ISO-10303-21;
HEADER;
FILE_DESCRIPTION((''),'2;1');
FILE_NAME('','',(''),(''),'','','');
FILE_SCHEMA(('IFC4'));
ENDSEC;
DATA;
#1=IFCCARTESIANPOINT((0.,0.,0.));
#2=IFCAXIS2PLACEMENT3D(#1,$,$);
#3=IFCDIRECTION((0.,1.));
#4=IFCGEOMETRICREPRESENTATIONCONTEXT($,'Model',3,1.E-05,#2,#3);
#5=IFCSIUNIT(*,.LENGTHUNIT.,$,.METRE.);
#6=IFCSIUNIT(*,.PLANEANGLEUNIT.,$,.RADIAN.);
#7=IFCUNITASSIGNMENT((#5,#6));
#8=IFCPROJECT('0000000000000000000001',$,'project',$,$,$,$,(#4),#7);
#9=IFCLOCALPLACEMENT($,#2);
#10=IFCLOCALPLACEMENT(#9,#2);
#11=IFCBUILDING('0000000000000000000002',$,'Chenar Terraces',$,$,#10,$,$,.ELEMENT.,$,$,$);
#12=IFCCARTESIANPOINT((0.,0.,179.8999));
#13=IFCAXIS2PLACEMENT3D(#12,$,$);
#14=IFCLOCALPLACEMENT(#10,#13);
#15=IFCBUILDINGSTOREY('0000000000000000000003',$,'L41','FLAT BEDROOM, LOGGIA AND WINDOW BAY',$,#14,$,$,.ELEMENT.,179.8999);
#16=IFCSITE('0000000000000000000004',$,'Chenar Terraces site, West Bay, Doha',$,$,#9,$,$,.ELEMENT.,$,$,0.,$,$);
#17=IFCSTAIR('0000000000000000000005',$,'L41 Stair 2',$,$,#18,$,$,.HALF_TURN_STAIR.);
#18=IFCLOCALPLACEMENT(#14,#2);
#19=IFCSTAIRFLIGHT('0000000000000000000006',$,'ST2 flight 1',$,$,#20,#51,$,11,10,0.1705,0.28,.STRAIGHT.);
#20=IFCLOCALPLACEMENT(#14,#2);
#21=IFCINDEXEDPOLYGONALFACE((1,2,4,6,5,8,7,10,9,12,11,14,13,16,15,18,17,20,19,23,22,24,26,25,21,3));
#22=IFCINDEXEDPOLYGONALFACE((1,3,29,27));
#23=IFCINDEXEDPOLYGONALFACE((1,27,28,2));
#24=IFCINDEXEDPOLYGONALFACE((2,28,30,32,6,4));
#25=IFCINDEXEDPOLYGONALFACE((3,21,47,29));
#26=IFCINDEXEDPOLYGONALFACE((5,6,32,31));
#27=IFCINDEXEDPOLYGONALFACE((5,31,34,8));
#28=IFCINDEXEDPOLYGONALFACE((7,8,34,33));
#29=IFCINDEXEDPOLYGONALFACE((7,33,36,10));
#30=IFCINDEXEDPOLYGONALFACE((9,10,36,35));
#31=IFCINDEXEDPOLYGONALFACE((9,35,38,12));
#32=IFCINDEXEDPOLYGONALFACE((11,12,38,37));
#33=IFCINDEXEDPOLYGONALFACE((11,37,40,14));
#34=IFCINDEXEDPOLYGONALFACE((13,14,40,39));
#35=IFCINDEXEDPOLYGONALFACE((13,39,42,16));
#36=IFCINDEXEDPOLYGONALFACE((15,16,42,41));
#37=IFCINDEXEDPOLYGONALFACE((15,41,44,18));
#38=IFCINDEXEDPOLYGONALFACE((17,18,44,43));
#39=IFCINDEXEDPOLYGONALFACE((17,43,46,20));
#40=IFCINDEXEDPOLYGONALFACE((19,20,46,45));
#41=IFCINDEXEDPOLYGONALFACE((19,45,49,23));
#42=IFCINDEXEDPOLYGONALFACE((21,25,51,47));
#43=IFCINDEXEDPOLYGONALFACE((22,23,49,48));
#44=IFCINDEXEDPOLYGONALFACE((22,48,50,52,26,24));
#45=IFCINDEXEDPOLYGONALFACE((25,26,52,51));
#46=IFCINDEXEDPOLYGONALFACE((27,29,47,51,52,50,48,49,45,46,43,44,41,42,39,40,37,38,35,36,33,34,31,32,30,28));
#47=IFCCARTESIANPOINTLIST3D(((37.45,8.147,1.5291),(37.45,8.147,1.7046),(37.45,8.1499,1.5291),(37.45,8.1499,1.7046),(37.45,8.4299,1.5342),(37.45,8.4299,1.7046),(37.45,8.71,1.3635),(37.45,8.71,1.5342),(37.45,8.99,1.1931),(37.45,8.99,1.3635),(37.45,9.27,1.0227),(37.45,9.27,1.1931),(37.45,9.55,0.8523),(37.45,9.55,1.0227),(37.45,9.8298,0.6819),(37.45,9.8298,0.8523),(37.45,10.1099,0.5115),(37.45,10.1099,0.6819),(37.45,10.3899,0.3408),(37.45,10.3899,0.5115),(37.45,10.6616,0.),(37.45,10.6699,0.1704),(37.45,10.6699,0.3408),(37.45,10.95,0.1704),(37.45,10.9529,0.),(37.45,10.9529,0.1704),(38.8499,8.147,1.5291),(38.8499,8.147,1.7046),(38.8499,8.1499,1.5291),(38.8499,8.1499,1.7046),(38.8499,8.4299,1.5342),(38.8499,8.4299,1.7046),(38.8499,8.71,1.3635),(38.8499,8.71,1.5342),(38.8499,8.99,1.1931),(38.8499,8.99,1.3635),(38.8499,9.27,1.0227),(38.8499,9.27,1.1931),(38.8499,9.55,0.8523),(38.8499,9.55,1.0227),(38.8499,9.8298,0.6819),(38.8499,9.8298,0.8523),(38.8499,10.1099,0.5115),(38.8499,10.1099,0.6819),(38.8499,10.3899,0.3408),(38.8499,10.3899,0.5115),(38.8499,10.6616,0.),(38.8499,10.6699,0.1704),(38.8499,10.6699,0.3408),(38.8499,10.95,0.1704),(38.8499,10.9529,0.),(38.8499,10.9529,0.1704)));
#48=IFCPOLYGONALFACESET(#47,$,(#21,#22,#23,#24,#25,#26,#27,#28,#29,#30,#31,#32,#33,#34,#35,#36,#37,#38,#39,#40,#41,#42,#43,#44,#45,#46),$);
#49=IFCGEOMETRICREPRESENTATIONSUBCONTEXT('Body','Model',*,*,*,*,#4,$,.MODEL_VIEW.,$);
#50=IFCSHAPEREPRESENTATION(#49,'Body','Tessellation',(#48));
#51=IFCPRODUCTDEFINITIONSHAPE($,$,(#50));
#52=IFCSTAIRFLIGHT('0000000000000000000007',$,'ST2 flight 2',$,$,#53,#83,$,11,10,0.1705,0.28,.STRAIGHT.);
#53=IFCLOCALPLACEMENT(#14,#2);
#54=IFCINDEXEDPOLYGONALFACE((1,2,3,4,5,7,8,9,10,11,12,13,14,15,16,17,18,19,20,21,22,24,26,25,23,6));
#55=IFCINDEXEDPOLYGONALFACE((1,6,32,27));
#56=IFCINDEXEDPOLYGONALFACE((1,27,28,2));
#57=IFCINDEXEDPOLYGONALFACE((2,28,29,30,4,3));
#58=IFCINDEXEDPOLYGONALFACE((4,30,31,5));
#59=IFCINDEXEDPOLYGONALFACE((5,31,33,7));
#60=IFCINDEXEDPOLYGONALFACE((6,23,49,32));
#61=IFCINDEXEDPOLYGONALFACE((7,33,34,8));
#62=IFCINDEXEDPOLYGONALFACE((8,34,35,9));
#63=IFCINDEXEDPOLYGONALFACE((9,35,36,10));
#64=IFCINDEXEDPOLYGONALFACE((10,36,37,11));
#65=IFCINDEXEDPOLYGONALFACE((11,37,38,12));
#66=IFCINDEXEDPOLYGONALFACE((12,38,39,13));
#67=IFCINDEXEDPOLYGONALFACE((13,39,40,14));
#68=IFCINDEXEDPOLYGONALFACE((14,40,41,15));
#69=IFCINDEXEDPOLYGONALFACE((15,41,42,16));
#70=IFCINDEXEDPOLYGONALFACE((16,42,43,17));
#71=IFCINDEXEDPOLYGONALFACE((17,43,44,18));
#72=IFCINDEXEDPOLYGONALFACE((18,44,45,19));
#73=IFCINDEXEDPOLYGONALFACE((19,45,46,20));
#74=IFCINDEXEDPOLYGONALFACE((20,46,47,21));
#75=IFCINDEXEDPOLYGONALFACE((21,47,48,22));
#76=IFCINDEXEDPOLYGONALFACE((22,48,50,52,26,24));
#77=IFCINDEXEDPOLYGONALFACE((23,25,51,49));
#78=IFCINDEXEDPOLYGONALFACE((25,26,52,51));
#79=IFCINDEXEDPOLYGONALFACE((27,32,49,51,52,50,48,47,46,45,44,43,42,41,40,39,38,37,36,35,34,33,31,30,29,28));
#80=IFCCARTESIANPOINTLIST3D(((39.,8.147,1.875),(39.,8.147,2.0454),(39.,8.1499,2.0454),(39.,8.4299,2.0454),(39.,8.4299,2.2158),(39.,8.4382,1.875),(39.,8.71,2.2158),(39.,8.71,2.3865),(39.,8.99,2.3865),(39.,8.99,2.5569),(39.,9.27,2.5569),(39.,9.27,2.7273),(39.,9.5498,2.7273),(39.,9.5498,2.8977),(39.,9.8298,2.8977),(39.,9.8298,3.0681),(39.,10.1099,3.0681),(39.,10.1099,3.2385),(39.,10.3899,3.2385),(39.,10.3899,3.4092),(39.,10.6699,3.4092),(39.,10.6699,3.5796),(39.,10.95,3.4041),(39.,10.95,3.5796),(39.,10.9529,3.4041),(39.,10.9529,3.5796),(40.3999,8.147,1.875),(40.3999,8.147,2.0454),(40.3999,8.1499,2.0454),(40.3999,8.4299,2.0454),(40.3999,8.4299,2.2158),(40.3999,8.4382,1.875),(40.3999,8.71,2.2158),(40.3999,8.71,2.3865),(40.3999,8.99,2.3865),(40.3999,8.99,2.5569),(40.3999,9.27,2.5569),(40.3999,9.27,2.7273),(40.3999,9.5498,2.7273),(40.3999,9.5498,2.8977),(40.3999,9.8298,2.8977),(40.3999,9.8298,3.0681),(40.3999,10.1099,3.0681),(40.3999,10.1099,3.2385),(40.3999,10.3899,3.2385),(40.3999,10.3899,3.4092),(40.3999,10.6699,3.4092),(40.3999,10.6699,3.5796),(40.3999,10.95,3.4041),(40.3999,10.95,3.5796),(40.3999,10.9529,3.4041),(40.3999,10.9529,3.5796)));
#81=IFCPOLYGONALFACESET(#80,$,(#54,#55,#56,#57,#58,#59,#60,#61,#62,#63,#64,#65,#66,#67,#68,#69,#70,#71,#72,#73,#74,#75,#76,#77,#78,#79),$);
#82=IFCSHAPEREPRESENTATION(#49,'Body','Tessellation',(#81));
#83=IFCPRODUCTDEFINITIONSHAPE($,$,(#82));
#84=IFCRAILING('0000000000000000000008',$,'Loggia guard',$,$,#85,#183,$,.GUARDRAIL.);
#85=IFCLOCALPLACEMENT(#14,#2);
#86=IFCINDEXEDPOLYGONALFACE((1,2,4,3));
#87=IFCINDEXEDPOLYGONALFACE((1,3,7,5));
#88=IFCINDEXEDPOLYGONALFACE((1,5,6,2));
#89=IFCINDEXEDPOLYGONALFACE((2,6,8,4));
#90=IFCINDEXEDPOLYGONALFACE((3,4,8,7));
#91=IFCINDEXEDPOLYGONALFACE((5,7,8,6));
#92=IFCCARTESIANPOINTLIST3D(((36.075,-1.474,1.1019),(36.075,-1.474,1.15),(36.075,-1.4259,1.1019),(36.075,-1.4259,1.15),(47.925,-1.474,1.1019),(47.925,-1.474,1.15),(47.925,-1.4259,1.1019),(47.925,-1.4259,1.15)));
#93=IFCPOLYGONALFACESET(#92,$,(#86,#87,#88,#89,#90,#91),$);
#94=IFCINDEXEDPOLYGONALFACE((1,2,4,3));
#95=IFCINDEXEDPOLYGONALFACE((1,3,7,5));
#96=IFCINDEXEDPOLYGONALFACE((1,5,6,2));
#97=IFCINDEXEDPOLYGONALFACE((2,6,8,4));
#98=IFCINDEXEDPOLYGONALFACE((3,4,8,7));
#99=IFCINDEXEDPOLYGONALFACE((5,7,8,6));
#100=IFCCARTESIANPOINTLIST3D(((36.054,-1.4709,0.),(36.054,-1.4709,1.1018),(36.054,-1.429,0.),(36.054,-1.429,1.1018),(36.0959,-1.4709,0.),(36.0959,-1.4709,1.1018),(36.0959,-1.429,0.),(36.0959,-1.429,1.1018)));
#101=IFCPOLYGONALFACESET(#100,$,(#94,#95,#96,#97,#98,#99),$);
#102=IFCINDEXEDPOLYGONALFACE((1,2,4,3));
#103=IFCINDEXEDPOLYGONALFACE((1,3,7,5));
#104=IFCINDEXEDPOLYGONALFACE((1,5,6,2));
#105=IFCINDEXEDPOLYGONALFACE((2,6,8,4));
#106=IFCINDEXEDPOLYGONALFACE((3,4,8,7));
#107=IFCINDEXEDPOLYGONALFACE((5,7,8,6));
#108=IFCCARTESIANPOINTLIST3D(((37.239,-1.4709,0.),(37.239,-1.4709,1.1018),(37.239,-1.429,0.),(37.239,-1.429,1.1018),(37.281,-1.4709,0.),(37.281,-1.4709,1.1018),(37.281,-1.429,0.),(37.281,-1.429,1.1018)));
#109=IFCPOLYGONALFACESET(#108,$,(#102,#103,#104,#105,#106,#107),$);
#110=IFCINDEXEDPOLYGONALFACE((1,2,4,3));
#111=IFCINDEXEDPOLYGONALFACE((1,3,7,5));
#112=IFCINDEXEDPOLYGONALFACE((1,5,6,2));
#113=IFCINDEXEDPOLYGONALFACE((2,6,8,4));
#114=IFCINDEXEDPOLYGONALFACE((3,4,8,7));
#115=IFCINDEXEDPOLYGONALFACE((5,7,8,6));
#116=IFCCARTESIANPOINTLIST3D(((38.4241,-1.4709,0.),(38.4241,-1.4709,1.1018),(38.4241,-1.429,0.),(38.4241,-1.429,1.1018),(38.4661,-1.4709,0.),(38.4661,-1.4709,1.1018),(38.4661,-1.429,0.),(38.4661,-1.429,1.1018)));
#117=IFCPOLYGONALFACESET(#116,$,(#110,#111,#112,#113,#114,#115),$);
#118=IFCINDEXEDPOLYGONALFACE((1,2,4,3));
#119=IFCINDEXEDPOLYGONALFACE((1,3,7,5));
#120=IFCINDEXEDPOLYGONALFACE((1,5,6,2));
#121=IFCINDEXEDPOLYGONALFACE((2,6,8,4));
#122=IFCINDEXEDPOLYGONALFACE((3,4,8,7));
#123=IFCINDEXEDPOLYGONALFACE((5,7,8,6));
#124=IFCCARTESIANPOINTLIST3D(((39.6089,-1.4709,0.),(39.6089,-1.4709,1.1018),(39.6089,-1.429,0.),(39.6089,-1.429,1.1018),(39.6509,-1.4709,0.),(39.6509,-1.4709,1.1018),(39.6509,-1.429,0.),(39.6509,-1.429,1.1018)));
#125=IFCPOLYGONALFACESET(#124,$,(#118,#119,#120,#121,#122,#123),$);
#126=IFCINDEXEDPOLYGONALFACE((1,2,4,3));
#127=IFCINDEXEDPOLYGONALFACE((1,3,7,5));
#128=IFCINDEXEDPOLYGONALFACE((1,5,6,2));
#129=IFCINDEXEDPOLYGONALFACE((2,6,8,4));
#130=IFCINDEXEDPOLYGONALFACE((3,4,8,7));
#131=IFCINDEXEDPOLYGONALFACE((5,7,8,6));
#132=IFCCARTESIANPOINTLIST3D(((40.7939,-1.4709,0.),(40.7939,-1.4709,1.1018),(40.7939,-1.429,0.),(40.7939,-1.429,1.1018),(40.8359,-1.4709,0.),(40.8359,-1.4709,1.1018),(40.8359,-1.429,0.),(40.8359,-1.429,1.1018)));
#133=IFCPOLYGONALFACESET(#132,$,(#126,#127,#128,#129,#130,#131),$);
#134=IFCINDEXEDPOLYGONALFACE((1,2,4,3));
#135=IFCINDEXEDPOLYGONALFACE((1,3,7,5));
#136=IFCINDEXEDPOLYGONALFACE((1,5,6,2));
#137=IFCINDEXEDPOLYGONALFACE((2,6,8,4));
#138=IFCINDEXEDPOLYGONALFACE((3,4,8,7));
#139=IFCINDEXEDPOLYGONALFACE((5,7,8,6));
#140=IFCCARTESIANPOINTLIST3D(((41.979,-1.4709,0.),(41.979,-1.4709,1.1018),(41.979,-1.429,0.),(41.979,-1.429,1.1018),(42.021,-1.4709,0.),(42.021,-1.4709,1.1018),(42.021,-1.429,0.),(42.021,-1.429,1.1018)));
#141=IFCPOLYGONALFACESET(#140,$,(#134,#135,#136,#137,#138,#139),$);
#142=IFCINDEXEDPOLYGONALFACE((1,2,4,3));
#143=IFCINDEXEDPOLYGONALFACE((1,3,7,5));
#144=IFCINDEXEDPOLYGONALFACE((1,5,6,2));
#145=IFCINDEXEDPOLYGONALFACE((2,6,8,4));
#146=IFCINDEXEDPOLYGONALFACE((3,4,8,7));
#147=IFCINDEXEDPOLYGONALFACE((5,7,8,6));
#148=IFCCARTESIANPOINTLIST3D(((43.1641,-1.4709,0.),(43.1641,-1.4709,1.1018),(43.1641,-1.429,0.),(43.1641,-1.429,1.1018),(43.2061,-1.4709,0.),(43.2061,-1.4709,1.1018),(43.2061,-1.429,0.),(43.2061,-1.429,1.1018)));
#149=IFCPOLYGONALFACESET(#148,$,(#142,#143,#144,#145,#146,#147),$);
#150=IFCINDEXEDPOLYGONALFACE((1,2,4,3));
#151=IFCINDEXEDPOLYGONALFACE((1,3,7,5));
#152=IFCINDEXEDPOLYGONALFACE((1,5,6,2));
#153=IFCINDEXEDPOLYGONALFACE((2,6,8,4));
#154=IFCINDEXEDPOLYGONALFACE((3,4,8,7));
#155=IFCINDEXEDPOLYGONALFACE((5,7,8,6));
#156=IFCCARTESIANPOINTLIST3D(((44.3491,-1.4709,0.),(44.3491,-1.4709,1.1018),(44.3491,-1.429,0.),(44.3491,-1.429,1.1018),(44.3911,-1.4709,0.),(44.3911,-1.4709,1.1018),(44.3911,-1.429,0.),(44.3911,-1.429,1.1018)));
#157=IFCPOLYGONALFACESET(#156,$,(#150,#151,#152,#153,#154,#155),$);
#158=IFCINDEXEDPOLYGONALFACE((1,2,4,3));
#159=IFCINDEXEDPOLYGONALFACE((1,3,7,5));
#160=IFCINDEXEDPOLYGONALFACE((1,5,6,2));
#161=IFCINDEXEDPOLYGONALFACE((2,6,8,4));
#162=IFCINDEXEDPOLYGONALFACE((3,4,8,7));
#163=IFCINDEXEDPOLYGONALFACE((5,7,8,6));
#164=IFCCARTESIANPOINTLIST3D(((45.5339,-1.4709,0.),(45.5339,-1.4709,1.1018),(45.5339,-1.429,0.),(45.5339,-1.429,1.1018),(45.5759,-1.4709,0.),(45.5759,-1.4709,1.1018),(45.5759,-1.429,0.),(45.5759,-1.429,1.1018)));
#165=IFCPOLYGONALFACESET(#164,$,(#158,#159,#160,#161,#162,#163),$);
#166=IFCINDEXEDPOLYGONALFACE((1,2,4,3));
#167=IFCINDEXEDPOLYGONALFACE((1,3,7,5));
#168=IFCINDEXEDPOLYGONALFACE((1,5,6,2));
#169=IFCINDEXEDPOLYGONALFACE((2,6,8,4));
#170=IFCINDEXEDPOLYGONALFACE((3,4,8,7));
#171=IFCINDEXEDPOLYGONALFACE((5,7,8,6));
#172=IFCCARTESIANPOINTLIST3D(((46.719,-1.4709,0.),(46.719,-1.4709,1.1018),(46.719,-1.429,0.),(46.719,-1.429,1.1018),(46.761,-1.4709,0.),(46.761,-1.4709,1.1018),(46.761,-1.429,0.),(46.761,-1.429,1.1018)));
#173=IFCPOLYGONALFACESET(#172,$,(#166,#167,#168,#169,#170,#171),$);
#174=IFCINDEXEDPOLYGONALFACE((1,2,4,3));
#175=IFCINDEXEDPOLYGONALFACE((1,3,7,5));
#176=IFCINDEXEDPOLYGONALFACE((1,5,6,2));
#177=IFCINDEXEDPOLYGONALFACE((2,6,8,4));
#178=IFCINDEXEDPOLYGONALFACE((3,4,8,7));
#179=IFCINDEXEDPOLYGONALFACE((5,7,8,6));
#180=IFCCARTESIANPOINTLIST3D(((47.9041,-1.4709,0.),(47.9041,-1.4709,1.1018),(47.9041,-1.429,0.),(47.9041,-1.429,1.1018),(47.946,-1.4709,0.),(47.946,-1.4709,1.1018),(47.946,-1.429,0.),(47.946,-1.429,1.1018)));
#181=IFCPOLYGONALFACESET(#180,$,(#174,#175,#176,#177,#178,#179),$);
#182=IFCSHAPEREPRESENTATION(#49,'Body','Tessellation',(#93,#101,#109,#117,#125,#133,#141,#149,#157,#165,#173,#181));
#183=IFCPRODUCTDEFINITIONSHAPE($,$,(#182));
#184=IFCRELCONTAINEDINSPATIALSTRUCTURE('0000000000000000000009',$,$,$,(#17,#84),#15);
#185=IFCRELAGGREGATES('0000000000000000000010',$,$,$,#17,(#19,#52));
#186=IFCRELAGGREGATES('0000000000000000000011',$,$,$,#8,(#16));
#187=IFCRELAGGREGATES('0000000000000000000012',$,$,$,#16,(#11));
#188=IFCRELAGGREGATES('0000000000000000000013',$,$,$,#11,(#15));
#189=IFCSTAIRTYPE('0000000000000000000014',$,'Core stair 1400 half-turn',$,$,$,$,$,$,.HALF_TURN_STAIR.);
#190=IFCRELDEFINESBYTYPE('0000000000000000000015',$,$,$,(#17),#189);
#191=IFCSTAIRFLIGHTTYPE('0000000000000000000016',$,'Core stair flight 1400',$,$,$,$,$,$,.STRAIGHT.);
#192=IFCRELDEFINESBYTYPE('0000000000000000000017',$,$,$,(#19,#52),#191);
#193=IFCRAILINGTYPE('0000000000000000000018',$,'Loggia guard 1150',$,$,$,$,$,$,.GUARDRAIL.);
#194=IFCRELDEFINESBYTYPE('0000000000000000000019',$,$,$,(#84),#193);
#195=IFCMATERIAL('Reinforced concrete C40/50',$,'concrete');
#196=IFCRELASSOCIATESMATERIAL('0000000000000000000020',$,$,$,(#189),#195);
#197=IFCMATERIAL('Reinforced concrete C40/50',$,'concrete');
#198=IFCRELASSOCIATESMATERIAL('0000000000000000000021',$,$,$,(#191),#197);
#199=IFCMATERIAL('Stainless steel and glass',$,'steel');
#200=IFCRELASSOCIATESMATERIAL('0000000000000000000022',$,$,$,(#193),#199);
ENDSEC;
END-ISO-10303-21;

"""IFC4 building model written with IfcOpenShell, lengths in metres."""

from ifc_helpers import new_model, si_unit, direction, frame, origin, origin_2d, place, context, subcontext, project, spatial, polyline, rectangle, outline, extrude, material, type_object, element, aggregate, save


model = new_model("IFC4")

# Units and contexts
model_context = context("Model", 3, precision=1e-05, world=origin(), true_north=direction((0.0, 1.0)))
body_context = subcontext(model_context, "Body", "Model", "MODEL_VIEW")
ifc_project = project(units=[si_unit("LENGTHUNIT", "METRE"), si_unit("PLANEANGLEUNIT", "RADIAN")], contexts=[model_context])

# Site, building, storey
site_placement = place(None, origin())
site = spatial("IfcSite", under=ifc_project, at=site_placement, Name="Chenar Terraces site, West Bay, Doha", CompositionType="ELEMENT", RefElevation=0.0)
building_placement = place(site_placement, origin())
building = spatial("IfcBuilding", under=site, at=building_placement, Name="Chenar Terraces", CompositionType="ELEMENT")
storey_placement = place(building_placement, frame((0.0, 0.0, 179.8999)))
storey = spatial("IfcBuildingStorey", under=building, at=storey_placement, Name="L41", Description="FLAT BEDROOM, LOGGIA AND WINDOW BAY", CompositionType="ELEMENT", Elevation=179.8999)

# Stair, stair flights
ifc_material_1 = material(Name="Reinforced concrete C40/50", Category="concrete")
stair_type = type_object("IfcStairType", Name="Core stair 1400 half-turn", PredefinedType="HALF_TURN_STAIR", material=ifc_material_1)
stair_placement = place(storey_placement, origin())
stair = element("IfcStair", 1, at=stair_placement, inside=storey, type_object=stair_type, Name="L41 Stair 2", PredefinedType="HALF_TURN_STAIR")
ifc_material_2 = material(Name="Reinforced concrete C40/50", Category="concrete")
stair_flight_type = type_object("IfcStairFlightType", Name="Core stair flight 1400", PredefinedType="STRAIGHT", material=ifc_material_2)
stair_flight_1_placement = place(storey_placement, frame((38.1499, 10.95, 0.0), z_axis=(0.0, 0.0, 1.0), x_axis=(0.0, -1.0, 0.0)))
stair_flight_1 = element("IfcStairFlight", 2, at=stair_flight_1_placement, type_object=stair_flight_type, Name="ST2 flight 1", NumberOfRisers=11, NumberOfTreads=10, PredefinedType="STRAIGHT", RiserHeight=0.1705, TreadLength=0.28, context=body_context, shape_type="SweptSolid", body=[
    extrude(outline(polyline([(-0.0029, 0.0), (-0.0029, 0.1704), (0.0, 0.1704), (0.28, 0.1704), (0.28, 0.3408), (0.5601, 0.3408), (0.5601, 0.5115), (0.8401, 0.5115), (0.8401, 0.6819), (1.1201, 0.6819), (1.1201, 0.8523), (1.3999, 0.8523), (1.3999, 1.0227), (1.6799, 1.0227), (1.6799, 1.1931), (1.96, 1.1931), (1.96, 1.3635), (2.24, 1.3635), (2.24, 1.5342), (2.52, 1.5342), (2.52, 1.7046), (2.8, 1.7046), (2.803, 1.7046), (2.803, 1.5291), (2.8, 1.5291), (0.2883, 0.0), (-0.0029, 0.0)])), frame((0.0, 0.7, 0.0), z_axis=(0.0, -1.0, 0.0), x_axis=(1.0, 0.0, 0.0)), (0.0, 0.0, 1.0), 1.3999),
])
stair_flight_2_placement = place(storey_placement, frame((39.7, 8.1499, 1.875), z_axis=(0.0, 0.0, 1.0), x_axis=(0.0, 1.0, 0.0)))
stair_flight_2 = element("IfcStairFlight", 3, at=stair_flight_2_placement, type_object=stair_flight_type, Name="ST2 flight 2", NumberOfRisers=11, NumberOfTreads=10, PredefinedType="STRAIGHT", RiserHeight=0.1705, TreadLength=0.28, context=body_context, shape_type="SweptSolid", body=[
    extrude(outline(polyline([(-0.0029, 0.0), (-0.0029, 0.1704), (0.0, 0.1704), (0.28, 0.1704), (0.28, 0.3408), (0.5601, 0.3408), (0.5601, 0.5115), (0.8401, 0.5115), (0.8401, 0.6819), (1.1201, 0.6819), (1.1201, 0.8523), (1.3999, 0.8523), (1.3999, 1.0227), (1.6799, 1.0227), (1.6799, 1.1931), (1.96, 1.1931), (1.96, 1.3635), (2.24, 1.3635), (2.24, 1.5342), (2.52, 1.5342), (2.52, 1.7046), (2.8, 1.7046), (2.803, 1.7046), (2.803, 1.5291), (2.8, 1.5291), (0.2883, 0.0), (-0.0029, 0.0)])), frame((0.0, 0.7, 0.0), z_axis=(0.0, -1.0, 0.0), x_axis=(1.0, 0.0, 0.0)), (0.0, 0.0, 1.0), 1.3999),
])
aggregate(stair, [stair_flight_1, stair_flight_2])

# Railing
ifc_material_3 = material(Name="Stainless steel and glass", Category="steel")
railing_type_1 = type_object("IfcRailingType", Name="Loggia guard 1150", PredefinedType="GUARDRAIL", material=ifc_material_3)
railing_1_placement = place(storey_placement, frame((36.075, -1.45, 0.0)))
element("IfcRailing", 4, at=railing_1_placement, inside=storey, type_object=railing_type_1, Name="Loggia guard", PredefinedType="GUARDRAIL", context=body_context, shape_type="SweptSolid", body=[
    extrude(rectangle(XDim=0.0481, YDim=0.0481, at=origin_2d()), frame((0.0, 0.0, 1.126), z_axis=(1.0, 0.0, 0.0), x_axis=(0.0, 1.0, 0.0)), (0.0, 0.0, 1.0), 11.8501),
    extrude(rectangle(XDim=0.042, YDim=0.042, at=origin_2d()), origin(), (0.0, 0.0, 1.0), 1.1018),
    extrude(rectangle(XDim=0.042, YDim=0.042, at=origin_2d()), frame((1.1851, 0.0, 0.0)), (0.0, 0.0, 1.0), 1.1018),
    extrude(rectangle(XDim=0.042, YDim=0.042, at=origin_2d()), frame((2.3701, 0.0, 0.0)), (0.0, 0.0, 1.0), 1.1018),
    extrude(rectangle(XDim=0.042, YDim=0.042, at=origin_2d()), frame((3.5549, 0.0, 0.0)), (0.0, 0.0, 1.0), 1.1018),
    extrude(rectangle(XDim=0.042, YDim=0.042, at=origin_2d()), frame((4.74, 0.0, 0.0)), (0.0, 0.0, 1.0), 1.1018),
    extrude(rectangle(XDim=0.042, YDim=0.042, at=origin_2d()), frame((5.925, 0.0, 0.0)), (0.0, 0.0, 1.0), 1.1018),
    extrude(rectangle(XDim=0.042, YDim=0.042, at=origin_2d()), frame((7.1101, 0.0, 0.0)), (0.0, 0.0, 1.0), 1.1018),
    extrude(rectangle(XDim=0.042, YDim=0.042, at=origin_2d()), frame((8.2952, 0.0, 0.0)), (0.0, 0.0, 1.0), 1.1018),
    extrude(rectangle(XDim=0.042, YDim=0.042, at=origin_2d()), frame((9.48, 0.0, 0.0)), (0.0, 0.0, 1.0), 1.1018),
    extrude(rectangle(XDim=0.042, YDim=0.042, at=origin_2d()), frame((10.665, 0.0, 0.0)), (0.0, 0.0, 1.0), 1.1018),
    extrude(rectangle(XDim=0.042, YDim=0.042, at=origin_2d()), frame((11.8501, 0.0, 0.0)), (0.0, 0.0, 1.0), 1.1018),
])

save(model, "model.ifc")
